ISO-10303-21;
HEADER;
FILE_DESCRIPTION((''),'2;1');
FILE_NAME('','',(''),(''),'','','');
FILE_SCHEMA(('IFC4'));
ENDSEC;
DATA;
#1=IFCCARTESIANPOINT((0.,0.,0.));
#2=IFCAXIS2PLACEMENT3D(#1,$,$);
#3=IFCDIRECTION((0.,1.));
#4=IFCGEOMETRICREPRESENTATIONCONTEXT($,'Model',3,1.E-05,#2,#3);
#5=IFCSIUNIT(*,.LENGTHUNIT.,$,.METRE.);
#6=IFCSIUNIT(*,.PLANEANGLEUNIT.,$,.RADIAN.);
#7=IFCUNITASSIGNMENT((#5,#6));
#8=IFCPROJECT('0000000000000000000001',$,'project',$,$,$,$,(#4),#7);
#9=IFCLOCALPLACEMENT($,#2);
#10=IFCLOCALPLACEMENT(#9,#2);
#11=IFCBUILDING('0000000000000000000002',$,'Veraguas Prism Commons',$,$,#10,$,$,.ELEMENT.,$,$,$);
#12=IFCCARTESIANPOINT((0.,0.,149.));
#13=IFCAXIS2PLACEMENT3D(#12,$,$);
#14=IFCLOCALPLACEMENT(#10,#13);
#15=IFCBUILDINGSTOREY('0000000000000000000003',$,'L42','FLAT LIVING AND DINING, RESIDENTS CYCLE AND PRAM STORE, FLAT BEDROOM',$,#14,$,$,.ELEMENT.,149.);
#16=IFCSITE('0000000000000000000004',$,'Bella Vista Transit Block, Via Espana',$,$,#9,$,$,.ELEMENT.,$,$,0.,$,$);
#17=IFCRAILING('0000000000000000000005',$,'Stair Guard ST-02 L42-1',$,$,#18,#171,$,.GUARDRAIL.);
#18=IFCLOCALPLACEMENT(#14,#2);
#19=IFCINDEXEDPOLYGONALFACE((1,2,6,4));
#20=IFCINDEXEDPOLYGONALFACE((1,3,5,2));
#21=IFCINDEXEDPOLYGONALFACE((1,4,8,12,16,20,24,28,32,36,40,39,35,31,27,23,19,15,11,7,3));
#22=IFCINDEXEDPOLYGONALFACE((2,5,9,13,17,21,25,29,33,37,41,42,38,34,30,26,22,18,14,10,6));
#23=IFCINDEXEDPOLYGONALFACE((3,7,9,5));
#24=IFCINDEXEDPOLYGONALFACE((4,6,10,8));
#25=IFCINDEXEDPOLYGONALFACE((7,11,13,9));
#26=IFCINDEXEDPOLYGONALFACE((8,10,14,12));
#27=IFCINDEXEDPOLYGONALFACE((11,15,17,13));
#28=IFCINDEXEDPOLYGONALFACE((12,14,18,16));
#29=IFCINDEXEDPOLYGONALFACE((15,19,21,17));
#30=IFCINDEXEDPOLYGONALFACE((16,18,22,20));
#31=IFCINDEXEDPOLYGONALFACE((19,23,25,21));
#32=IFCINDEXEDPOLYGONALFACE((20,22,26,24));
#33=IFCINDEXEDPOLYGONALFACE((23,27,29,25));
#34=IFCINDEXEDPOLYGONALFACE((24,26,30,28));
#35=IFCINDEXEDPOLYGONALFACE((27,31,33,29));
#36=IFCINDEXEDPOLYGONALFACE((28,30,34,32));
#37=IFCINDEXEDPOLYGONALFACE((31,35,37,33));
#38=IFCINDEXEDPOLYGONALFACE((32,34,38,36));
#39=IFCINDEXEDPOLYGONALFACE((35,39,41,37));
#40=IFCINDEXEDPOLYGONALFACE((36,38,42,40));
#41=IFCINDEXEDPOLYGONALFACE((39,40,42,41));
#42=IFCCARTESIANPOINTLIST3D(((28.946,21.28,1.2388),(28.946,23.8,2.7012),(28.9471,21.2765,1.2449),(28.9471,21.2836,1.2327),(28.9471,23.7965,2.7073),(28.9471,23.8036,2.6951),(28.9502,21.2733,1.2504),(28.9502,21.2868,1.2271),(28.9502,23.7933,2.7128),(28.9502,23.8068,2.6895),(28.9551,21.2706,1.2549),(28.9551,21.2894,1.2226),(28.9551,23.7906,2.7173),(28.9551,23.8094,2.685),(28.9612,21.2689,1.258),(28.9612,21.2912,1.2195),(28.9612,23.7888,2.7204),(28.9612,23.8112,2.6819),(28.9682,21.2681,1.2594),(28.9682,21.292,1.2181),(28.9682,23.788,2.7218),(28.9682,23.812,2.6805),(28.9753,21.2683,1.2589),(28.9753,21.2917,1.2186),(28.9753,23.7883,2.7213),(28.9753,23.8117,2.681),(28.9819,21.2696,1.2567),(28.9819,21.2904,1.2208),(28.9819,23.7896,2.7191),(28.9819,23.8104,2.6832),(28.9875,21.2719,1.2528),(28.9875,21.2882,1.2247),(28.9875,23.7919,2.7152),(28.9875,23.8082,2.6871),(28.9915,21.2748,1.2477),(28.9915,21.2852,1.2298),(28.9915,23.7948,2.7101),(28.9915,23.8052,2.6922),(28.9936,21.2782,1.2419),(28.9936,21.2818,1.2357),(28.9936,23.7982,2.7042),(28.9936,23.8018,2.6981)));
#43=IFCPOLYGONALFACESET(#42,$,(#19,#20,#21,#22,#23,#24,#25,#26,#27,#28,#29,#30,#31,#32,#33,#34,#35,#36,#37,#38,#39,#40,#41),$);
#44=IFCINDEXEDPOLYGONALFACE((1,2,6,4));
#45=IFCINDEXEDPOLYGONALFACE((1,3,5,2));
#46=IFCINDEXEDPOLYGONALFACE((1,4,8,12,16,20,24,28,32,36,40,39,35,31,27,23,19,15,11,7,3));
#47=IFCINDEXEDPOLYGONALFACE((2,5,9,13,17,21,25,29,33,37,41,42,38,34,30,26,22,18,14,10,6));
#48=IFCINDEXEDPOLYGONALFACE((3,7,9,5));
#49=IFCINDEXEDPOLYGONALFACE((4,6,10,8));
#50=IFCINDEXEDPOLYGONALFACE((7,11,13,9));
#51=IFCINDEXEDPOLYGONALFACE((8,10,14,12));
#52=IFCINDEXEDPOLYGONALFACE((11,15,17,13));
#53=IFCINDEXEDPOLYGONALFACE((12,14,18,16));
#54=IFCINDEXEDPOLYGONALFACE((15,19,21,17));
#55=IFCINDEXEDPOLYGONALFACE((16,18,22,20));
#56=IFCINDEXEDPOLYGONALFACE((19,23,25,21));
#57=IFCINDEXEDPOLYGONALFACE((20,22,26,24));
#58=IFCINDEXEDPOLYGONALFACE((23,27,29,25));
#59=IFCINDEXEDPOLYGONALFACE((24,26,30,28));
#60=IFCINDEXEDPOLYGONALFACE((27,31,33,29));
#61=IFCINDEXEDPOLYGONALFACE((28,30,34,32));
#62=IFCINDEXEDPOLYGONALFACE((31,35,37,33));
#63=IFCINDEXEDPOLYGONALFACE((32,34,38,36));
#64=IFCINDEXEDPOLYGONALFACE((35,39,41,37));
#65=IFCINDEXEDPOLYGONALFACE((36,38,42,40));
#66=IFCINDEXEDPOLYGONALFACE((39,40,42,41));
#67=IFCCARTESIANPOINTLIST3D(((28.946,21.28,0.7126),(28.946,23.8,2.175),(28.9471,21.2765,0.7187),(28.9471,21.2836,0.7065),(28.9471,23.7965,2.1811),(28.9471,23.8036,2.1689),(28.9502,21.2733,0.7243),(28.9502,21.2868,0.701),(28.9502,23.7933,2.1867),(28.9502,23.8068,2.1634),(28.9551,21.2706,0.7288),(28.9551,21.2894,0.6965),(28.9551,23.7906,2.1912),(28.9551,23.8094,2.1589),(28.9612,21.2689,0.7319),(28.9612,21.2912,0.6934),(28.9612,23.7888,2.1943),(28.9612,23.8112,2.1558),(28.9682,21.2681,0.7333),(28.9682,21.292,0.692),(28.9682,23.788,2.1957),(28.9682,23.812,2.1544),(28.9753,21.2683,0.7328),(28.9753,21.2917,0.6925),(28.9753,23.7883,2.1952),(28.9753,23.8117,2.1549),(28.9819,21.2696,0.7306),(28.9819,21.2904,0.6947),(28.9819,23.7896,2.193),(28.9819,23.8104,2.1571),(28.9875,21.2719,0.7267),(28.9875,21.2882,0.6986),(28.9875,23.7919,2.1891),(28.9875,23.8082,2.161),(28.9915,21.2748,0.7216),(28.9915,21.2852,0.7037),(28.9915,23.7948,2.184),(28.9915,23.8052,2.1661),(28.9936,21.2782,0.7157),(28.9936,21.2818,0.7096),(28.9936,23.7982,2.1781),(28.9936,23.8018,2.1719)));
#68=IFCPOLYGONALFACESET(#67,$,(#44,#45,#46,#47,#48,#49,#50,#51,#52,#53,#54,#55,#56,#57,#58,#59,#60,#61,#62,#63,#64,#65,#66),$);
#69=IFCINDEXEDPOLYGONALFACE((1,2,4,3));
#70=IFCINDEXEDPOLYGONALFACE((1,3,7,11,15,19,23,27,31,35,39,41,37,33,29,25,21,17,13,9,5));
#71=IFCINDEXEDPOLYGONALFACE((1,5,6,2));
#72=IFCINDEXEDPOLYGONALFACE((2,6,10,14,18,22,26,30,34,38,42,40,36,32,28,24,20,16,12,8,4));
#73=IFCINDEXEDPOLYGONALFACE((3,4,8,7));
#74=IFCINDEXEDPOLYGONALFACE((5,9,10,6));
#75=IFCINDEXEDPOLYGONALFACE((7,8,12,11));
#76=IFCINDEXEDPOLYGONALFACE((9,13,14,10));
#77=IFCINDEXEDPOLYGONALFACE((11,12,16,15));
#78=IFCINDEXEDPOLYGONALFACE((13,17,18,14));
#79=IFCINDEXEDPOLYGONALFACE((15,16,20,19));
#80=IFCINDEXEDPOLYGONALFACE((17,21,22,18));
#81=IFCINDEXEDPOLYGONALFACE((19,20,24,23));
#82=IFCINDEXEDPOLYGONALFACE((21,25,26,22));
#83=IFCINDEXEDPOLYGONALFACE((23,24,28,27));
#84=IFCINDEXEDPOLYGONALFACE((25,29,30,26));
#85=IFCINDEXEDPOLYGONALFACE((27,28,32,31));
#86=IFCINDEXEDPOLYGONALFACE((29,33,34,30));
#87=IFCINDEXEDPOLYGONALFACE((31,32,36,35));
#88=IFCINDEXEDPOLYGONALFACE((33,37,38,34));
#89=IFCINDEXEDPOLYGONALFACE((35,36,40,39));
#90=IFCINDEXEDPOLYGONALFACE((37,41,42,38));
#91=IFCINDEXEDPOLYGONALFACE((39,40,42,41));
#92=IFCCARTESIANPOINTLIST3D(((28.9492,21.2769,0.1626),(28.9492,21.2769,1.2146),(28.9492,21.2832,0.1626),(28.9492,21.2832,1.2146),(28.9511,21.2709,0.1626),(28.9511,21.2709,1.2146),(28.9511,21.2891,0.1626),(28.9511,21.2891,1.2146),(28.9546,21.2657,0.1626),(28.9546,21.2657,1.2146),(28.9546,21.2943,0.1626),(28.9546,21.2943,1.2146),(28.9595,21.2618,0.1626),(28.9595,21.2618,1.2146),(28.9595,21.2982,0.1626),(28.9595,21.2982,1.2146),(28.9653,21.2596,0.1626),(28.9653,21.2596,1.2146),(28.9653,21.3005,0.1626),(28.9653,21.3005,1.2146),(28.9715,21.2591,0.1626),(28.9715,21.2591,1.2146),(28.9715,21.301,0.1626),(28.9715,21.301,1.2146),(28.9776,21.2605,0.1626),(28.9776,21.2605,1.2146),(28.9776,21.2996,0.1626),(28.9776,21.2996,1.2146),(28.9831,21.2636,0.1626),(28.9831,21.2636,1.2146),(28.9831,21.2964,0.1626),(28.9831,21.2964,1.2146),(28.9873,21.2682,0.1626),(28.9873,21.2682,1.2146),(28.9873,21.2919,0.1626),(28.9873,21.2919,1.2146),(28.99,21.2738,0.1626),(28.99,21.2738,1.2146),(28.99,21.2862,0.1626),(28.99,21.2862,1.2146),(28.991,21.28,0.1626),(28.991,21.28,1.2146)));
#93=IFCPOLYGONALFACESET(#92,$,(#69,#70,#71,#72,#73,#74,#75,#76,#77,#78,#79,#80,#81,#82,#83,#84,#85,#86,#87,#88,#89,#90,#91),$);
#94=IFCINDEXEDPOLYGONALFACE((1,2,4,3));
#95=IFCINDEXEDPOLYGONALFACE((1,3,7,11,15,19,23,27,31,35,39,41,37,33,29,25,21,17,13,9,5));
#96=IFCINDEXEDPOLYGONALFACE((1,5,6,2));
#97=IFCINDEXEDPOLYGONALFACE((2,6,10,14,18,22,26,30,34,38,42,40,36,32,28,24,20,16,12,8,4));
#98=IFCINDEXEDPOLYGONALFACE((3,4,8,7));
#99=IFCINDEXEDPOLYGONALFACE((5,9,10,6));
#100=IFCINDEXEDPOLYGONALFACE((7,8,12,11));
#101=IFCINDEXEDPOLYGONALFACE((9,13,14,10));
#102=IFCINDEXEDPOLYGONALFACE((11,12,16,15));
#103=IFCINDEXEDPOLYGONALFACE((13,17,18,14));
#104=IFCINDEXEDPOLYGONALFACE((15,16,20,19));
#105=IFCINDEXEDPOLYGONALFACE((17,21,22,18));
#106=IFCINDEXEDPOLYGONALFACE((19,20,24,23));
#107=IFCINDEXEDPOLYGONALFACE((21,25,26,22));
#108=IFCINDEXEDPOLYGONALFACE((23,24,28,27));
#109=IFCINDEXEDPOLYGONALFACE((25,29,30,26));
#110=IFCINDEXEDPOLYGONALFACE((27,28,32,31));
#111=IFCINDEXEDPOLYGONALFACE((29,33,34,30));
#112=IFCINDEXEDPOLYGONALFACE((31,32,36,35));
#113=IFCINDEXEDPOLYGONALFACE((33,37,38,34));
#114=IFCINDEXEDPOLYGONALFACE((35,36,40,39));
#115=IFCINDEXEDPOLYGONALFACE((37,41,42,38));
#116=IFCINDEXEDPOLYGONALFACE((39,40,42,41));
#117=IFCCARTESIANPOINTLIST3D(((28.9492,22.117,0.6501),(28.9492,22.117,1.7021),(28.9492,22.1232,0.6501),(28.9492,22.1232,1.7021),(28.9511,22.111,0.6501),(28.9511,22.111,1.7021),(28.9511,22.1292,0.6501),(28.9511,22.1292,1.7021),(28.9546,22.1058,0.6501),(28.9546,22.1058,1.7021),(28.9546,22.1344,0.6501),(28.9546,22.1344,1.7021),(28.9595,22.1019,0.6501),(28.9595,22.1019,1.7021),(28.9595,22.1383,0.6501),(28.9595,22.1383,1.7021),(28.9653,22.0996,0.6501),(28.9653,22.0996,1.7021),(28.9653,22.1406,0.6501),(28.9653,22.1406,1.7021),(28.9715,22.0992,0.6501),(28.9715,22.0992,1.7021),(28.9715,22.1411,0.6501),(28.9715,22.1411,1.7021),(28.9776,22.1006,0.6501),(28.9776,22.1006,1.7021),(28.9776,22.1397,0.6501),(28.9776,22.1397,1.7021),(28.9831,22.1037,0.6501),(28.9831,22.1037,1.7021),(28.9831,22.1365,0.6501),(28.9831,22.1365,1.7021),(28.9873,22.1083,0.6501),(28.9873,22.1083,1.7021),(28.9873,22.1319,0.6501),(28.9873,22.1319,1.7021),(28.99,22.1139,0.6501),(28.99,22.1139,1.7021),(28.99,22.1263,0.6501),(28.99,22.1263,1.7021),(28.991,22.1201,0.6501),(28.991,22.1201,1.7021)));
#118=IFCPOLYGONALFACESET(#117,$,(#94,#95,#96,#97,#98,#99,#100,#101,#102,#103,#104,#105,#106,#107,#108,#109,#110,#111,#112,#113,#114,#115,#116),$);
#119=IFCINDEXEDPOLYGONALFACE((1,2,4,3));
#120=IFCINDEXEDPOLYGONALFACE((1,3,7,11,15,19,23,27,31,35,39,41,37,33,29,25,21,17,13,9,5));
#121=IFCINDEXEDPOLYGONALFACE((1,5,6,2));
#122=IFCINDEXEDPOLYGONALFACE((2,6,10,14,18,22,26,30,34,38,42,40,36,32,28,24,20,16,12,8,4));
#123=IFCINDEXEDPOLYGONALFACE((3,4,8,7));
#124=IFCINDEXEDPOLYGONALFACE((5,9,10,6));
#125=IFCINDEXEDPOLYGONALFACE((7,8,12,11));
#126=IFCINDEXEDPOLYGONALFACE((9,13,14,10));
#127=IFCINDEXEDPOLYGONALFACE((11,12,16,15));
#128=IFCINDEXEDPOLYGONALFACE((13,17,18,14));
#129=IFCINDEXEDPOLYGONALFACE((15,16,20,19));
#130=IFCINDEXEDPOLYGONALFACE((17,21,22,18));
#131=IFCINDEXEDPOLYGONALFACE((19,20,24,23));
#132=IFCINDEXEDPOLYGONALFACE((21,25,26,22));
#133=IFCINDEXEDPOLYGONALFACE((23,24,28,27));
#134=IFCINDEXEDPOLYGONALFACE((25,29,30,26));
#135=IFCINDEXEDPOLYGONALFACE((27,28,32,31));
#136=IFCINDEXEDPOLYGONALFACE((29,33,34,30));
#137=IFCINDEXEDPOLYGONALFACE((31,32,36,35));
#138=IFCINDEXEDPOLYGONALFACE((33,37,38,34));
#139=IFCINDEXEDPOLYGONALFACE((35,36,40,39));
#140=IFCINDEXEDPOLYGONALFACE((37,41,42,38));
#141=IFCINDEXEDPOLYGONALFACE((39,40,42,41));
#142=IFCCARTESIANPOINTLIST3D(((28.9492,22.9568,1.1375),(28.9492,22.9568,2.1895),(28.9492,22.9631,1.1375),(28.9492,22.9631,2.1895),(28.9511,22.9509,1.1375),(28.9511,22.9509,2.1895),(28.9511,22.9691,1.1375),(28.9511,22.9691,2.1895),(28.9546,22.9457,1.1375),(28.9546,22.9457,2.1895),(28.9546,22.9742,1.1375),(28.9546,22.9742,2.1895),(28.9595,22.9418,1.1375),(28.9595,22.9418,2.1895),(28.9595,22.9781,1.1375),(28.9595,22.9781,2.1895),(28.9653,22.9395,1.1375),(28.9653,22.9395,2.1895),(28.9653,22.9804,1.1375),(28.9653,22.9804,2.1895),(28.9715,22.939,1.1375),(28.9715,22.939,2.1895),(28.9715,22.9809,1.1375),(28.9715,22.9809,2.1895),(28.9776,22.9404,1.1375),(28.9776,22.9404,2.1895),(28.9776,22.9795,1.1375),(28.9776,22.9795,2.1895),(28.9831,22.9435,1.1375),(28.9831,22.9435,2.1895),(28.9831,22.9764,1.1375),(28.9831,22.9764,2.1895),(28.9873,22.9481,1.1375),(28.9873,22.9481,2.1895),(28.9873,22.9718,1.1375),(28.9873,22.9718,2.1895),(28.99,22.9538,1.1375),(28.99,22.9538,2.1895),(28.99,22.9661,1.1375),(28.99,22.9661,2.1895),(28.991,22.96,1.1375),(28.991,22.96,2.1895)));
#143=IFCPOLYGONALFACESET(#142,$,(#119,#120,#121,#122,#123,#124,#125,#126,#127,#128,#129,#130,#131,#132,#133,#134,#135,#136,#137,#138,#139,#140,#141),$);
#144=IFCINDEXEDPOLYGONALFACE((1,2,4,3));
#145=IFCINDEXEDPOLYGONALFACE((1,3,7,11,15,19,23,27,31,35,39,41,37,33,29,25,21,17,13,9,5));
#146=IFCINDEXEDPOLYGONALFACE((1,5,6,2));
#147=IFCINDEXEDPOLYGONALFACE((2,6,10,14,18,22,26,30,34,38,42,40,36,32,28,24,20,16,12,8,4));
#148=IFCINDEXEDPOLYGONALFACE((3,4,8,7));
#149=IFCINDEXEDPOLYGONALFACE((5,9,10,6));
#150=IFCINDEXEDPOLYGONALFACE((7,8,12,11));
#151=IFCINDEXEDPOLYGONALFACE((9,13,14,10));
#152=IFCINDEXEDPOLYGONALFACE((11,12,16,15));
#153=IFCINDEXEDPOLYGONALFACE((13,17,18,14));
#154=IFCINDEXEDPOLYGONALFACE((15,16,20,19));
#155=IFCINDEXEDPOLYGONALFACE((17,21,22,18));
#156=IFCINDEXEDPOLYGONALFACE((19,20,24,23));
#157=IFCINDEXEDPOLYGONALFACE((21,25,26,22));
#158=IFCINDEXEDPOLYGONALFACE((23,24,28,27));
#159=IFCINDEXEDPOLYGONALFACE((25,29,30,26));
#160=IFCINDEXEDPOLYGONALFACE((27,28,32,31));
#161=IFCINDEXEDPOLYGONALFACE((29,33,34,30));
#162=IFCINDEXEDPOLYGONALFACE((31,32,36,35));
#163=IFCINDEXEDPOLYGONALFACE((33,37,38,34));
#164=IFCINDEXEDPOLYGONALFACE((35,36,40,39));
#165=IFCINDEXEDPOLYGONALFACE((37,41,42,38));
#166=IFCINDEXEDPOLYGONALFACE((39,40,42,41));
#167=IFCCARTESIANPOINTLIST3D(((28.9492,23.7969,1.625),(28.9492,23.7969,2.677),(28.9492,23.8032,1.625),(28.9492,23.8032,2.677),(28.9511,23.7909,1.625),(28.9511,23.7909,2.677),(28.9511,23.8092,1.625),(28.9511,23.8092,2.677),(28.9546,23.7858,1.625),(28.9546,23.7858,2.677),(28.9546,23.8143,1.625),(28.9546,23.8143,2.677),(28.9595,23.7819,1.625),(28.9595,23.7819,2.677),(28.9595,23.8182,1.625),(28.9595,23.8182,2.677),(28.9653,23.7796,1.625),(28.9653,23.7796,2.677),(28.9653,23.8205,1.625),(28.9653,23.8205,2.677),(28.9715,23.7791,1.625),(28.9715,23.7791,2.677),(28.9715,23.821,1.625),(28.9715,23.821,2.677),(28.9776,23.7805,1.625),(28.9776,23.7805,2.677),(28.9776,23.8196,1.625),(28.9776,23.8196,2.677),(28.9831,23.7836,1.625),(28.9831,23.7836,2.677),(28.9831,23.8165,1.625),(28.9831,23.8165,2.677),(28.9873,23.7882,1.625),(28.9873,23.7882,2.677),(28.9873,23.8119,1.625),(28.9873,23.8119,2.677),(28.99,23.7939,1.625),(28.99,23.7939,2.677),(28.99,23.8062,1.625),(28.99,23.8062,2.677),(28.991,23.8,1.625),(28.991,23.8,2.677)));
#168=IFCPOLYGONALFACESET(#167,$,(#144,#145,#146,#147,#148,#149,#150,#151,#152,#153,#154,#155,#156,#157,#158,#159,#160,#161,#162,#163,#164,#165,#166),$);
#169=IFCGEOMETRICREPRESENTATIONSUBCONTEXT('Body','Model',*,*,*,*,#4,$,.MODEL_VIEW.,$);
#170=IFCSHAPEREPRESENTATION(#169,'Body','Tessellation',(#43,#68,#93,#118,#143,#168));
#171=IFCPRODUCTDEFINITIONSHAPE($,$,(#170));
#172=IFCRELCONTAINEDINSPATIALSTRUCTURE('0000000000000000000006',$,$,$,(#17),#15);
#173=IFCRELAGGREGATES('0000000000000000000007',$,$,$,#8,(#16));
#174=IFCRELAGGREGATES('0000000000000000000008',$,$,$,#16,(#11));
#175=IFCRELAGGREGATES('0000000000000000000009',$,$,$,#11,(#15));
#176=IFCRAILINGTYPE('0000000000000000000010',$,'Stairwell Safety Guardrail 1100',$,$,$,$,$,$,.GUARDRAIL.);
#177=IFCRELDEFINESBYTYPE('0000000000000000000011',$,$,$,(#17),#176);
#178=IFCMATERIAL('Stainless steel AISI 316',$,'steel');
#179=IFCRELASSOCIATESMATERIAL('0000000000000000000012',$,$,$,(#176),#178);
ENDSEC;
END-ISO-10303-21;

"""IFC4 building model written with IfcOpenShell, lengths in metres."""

from ifc_helpers import new_model, si_unit, direction, frame, origin, origin_2d, place, context, subcontext, project, spatial, circle, extrude, material, type_object, element, save


model = new_model("IFC4")

# Units and contexts
model_context = context("Model", 3, precision=1e-05, world=origin(), true_north=direction((0.0, 1.0)))
body_context = subcontext(model_context, "Body", "Model", "MODEL_VIEW")
ifc_project = project(units=[si_unit("LENGTHUNIT", "METRE"), si_unit("PLANEANGLEUNIT", "RADIAN")], contexts=[model_context])

# Site, building, storey
site_placement = place(None, origin())
site = spatial("IfcSite", under=ifc_project, at=site_placement, Name="Bella Vista Transit Block, Via Espana", CompositionType="ELEMENT", RefElevation=0.0)
building_placement = place(site_placement, origin())
building = spatial("IfcBuilding", under=site, at=building_placement, Name="Veraguas Prism Commons", CompositionType="ELEMENT")
storey_placement = place(building_placement, frame((0.0, 0.0, 149.0)))
storey = spatial("IfcBuildingStorey", under=building, at=storey_placement, Name="L42", Description="FLAT LIVING AND DINING, RESIDENTS CYCLE AND PRAM STORE, FLAT BEDROOM", CompositionType="ELEMENT", Elevation=149.0)

# Shared definitions
ifc_material_1 = material(Name="Stainless steel AISI 316", Category="steel")

# Railing
railing_type_1 = type_object("IfcRailingType", Name="Stairwell Safety Guardrail 1100", PredefinedType="GUARDRAIL", material=ifc_material_1)
railing_1_placement = place(storey_placement, frame((28.97, 21.28, 0.1626)))
element("IfcRailing", 1, at=railing_1_placement, inside=storey, type_object=railing_type_1, Name="Stair Guard ST-02 L42-1", PredefinedType="GUARDRAIL", context=body_context, shape_type="SweptSolid", body=[
    extrude(circle(Radius=0.0239, at=origin_2d()), frame((0.0, 0.0, 1.0762), z_axis=(0.0, 0.864913, 0.501921), x_axis=(-1.0, 0.0, 0.0)), (0.0, 0.0, 1.0), 2.9136),
    extrude(circle(Radius=0.0239, at=origin_2d()), frame((0.0, 0.0, 0.55), z_axis=(0.0, 0.864913, 0.501921), x_axis=(-1.0, 0.0, 0.0)), (0.0, 0.0, 1.0), 2.9136),
    extrude(circle(Radius=0.021, at=origin_2d()), origin(), (0.0, 0.0, 1.0), 1.052),
    extrude(circle(Radius=0.021, at=origin_2d()), frame((0.0, 0.8401, 0.4875)), (0.0, 0.0, 1.0), 1.052),
    extrude(circle(Radius=0.021, at=origin_2d()), frame((0.0, 1.6799, 0.9749)), (0.0, 0.0, 1.0), 1.052),
    extrude(circle(Radius=0.021, at=origin_2d()), frame((0.0, 2.52, 1.4624)), (0.0, 0.0, 1.0), 1.052),
])

save(model, "model.ifc")
